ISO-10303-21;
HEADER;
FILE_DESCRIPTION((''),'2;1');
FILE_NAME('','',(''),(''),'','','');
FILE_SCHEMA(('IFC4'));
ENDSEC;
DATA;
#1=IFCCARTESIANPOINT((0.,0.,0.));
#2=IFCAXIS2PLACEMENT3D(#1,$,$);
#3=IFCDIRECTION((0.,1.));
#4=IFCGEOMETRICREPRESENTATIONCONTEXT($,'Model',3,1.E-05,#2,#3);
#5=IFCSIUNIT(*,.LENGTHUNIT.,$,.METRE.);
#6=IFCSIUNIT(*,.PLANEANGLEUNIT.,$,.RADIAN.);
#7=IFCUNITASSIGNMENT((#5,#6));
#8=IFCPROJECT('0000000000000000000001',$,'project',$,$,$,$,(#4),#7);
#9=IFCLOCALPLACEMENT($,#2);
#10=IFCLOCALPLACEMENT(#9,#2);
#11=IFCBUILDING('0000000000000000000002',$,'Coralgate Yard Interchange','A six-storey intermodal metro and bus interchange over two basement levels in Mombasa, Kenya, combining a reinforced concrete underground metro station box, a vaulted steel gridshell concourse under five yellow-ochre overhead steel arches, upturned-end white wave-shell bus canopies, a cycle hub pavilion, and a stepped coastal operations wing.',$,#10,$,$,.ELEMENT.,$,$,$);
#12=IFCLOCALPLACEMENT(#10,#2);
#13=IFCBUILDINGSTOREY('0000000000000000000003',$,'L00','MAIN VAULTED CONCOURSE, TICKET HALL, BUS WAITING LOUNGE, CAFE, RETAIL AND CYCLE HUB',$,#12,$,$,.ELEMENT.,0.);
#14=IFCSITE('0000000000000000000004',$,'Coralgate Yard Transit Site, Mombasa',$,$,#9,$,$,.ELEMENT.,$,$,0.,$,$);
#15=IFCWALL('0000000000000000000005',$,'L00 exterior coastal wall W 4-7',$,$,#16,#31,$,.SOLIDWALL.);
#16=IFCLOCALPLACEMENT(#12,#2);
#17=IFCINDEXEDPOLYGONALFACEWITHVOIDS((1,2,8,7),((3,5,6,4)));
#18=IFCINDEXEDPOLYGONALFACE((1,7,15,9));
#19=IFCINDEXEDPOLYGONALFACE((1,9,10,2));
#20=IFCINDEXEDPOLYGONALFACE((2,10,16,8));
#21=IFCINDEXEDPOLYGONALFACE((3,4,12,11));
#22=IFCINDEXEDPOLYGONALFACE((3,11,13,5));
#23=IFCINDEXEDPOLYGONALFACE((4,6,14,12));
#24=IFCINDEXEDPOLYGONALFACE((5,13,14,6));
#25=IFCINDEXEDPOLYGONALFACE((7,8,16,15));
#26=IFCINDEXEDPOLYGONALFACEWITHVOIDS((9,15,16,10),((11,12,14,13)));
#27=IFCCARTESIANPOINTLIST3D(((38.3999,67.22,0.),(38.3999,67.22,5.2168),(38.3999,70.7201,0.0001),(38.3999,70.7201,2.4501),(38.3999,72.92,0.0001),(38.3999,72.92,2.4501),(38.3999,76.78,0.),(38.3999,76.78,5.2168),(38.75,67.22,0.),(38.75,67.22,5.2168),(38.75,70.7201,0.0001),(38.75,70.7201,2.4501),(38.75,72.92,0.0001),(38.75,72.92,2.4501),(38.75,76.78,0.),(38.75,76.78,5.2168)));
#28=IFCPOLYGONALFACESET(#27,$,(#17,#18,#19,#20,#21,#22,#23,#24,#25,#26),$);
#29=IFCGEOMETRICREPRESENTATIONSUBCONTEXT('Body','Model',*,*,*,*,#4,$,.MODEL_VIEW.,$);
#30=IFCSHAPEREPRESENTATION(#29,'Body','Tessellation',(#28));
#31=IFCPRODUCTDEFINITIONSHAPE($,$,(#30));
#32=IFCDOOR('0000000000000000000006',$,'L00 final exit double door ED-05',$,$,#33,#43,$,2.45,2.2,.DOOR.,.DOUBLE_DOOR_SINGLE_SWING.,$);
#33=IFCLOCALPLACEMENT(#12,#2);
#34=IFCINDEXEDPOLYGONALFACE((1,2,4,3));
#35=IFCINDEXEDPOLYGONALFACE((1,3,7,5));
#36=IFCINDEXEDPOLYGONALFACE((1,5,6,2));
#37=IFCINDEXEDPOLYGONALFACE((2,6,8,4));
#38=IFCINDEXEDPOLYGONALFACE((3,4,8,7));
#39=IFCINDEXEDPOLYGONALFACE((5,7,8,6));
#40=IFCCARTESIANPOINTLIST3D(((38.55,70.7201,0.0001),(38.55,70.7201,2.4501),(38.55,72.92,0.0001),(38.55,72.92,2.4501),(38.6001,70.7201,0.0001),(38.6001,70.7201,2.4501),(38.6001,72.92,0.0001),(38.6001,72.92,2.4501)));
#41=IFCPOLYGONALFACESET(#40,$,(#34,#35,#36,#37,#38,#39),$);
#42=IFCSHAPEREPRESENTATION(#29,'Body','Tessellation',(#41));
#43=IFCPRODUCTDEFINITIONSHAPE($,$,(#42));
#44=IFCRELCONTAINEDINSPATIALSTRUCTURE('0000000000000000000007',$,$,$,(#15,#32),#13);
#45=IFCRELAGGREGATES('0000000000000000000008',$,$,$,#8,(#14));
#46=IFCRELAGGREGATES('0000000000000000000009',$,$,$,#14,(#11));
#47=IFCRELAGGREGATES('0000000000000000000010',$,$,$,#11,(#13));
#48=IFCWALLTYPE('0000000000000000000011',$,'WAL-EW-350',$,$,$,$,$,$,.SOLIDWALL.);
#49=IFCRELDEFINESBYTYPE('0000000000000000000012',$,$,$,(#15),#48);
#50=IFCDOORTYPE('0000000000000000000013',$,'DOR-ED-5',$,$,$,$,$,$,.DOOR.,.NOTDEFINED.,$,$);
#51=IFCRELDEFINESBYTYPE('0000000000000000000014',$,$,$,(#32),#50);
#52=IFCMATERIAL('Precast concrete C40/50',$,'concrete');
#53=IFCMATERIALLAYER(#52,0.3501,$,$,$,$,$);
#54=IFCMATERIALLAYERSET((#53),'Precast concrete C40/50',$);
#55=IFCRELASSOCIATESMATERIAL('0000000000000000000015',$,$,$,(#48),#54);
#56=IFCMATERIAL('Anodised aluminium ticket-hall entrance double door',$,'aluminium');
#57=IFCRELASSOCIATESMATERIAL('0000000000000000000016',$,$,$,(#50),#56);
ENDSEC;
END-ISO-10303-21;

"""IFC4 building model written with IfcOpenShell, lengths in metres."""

from ifc_helpers import new_model, si_unit, direction, frame, frame_2d, origin, place, context, subcontext, project, spatial, rectangle, extrude, material, layer, layer_set, type_object, element, fill, save


model = new_model("IFC4")

# Units and contexts
model_context = context("Model", 3, precision=1e-05, world=origin(), true_north=direction((0.0, 1.0)))
body_context = subcontext(model_context, "Body", "Model", "MODEL_VIEW")
ifc_project = project(units=[si_unit("LENGTHUNIT", "METRE"), si_unit("PLANEANGLEUNIT", "RADIAN")], contexts=[model_context])

# Site, building, storey
site_placement = place(None, origin())
site = spatial("IfcSite", under=ifc_project, at=site_placement, Name="Coralgate Yard Transit Site, Mombasa", CompositionType="ELEMENT", RefElevation=0.0)
building_placement = place(site_placement, origin())
building = spatial("IfcBuilding", under=site, at=building_placement, Name="Coralgate Yard Interchange", Description="A six-storey intermodal metro and bus interchange over two basement levels in Mombasa, Kenya, combining a reinforced concrete underground metro station box, a vaulted steel gridshell concourse under five yellow-ochre overhead steel arches, upturned-end white wave-shell bus canopies, a cycle hub pavilion, and a stepped coastal operations wing.", CompositionType="ELEMENT")
storey_placement = place(building_placement, origin())
storey = spatial("IfcBuildingStorey", under=building, at=storey_placement, Name="L00", Description="MAIN VAULTED CONCOURSE, TICKET HALL, BUS WAITING LOUNGE, CAFE, RETAIL AND CYCLE HUB", CompositionType="ELEMENT", Elevation=0.0)

# Shared definitions
ifc_material_1 = material(Name="Precast concrete C40/50", Category="concrete")
ifc_layer_1 = layer(ifc_material_1, 0.3501)
ifc_layer_set_1 = layer_set([ifc_layer_1], Name="Precast concrete C40/50")
wall_type = type_object("IfcWallType", Name="WAL-EW-350", PredefinedType="SOLIDWALL", material=ifc_layer_set_1)

# Wall, opening, door
wall_1_placement = place(storey_placement, frame((38.575, 67.22, 0.0), z_axis=(0.0, 0.0, 1.0), x_axis=(0.0, 1.0, 0.0)))
wall_1 = element("IfcWall", 1, at=wall_1_placement, inside=storey, type_object=wall_type, Name="L00 exterior coastal wall W 4-7", PredefinedType="SOLIDWALL", context=body_context, shape_type="SweptSolid", body=[
    extrude(rectangle(XDim=9.5601, YDim=0.3501, at=frame_2d((4.78, 0.0))), origin(), (0.0, 0.0, 1.0), 5.2168),
])
opening_1_placement = place(wall_1_placement, frame((3.5, 0.0, 0.0)))
opening_1 = element("IfcOpeningElement", 2, at=opening_1_placement, cuts=wall_1, PredefinedType="OPENING", context=body_context, shape_type="SweptSolid", body=[
    extrude(rectangle(XDim=2.2, YDim=2.45, at=frame_2d((1.1001, 1.2251))), frame((0.0, 0.1851, 0.0), z_axis=(0.0, -1.0, 0.0), x_axis=(1.0, 0.0, 0.0)), (0.0, 0.0, 1.0), 0.3701),
])
ifc_material_2 = material(Name="Anodised aluminium ticket-hall entrance double door", Category="aluminium")
door_type_1 = type_object("IfcDoorType", Name="DOR-ED-5", OperationType="NOTDEFINED", PredefinedType="DOOR", material=ifc_material_2)
door_1_placement = place(opening_1_placement, origin())
door_1 = element("IfcDoor", 3, at=door_1_placement, inside=storey, type_object=door_type_1, Name="L00 final exit double door ED-05", OperationType="DOUBLE_DOOR_SINGLE_SWING", OverallHeight=2.45, OverallWidth=2.2, PredefinedType="DOOR", context=body_context, shape_type="SweptSolid", body=[
    extrude(rectangle(XDim=2.2, YDim=2.45, at=frame_2d((1.1001, 1.2251))), frame((0.0, 0.0249, 0.0), z_axis=(0.0, -1.0, 0.0), x_axis=(1.0, 0.0, 0.0)), (0.0, 0.0, 1.0), 0.05),
])
fill(opening_1, door_1)

save(model, "model.ifc")
